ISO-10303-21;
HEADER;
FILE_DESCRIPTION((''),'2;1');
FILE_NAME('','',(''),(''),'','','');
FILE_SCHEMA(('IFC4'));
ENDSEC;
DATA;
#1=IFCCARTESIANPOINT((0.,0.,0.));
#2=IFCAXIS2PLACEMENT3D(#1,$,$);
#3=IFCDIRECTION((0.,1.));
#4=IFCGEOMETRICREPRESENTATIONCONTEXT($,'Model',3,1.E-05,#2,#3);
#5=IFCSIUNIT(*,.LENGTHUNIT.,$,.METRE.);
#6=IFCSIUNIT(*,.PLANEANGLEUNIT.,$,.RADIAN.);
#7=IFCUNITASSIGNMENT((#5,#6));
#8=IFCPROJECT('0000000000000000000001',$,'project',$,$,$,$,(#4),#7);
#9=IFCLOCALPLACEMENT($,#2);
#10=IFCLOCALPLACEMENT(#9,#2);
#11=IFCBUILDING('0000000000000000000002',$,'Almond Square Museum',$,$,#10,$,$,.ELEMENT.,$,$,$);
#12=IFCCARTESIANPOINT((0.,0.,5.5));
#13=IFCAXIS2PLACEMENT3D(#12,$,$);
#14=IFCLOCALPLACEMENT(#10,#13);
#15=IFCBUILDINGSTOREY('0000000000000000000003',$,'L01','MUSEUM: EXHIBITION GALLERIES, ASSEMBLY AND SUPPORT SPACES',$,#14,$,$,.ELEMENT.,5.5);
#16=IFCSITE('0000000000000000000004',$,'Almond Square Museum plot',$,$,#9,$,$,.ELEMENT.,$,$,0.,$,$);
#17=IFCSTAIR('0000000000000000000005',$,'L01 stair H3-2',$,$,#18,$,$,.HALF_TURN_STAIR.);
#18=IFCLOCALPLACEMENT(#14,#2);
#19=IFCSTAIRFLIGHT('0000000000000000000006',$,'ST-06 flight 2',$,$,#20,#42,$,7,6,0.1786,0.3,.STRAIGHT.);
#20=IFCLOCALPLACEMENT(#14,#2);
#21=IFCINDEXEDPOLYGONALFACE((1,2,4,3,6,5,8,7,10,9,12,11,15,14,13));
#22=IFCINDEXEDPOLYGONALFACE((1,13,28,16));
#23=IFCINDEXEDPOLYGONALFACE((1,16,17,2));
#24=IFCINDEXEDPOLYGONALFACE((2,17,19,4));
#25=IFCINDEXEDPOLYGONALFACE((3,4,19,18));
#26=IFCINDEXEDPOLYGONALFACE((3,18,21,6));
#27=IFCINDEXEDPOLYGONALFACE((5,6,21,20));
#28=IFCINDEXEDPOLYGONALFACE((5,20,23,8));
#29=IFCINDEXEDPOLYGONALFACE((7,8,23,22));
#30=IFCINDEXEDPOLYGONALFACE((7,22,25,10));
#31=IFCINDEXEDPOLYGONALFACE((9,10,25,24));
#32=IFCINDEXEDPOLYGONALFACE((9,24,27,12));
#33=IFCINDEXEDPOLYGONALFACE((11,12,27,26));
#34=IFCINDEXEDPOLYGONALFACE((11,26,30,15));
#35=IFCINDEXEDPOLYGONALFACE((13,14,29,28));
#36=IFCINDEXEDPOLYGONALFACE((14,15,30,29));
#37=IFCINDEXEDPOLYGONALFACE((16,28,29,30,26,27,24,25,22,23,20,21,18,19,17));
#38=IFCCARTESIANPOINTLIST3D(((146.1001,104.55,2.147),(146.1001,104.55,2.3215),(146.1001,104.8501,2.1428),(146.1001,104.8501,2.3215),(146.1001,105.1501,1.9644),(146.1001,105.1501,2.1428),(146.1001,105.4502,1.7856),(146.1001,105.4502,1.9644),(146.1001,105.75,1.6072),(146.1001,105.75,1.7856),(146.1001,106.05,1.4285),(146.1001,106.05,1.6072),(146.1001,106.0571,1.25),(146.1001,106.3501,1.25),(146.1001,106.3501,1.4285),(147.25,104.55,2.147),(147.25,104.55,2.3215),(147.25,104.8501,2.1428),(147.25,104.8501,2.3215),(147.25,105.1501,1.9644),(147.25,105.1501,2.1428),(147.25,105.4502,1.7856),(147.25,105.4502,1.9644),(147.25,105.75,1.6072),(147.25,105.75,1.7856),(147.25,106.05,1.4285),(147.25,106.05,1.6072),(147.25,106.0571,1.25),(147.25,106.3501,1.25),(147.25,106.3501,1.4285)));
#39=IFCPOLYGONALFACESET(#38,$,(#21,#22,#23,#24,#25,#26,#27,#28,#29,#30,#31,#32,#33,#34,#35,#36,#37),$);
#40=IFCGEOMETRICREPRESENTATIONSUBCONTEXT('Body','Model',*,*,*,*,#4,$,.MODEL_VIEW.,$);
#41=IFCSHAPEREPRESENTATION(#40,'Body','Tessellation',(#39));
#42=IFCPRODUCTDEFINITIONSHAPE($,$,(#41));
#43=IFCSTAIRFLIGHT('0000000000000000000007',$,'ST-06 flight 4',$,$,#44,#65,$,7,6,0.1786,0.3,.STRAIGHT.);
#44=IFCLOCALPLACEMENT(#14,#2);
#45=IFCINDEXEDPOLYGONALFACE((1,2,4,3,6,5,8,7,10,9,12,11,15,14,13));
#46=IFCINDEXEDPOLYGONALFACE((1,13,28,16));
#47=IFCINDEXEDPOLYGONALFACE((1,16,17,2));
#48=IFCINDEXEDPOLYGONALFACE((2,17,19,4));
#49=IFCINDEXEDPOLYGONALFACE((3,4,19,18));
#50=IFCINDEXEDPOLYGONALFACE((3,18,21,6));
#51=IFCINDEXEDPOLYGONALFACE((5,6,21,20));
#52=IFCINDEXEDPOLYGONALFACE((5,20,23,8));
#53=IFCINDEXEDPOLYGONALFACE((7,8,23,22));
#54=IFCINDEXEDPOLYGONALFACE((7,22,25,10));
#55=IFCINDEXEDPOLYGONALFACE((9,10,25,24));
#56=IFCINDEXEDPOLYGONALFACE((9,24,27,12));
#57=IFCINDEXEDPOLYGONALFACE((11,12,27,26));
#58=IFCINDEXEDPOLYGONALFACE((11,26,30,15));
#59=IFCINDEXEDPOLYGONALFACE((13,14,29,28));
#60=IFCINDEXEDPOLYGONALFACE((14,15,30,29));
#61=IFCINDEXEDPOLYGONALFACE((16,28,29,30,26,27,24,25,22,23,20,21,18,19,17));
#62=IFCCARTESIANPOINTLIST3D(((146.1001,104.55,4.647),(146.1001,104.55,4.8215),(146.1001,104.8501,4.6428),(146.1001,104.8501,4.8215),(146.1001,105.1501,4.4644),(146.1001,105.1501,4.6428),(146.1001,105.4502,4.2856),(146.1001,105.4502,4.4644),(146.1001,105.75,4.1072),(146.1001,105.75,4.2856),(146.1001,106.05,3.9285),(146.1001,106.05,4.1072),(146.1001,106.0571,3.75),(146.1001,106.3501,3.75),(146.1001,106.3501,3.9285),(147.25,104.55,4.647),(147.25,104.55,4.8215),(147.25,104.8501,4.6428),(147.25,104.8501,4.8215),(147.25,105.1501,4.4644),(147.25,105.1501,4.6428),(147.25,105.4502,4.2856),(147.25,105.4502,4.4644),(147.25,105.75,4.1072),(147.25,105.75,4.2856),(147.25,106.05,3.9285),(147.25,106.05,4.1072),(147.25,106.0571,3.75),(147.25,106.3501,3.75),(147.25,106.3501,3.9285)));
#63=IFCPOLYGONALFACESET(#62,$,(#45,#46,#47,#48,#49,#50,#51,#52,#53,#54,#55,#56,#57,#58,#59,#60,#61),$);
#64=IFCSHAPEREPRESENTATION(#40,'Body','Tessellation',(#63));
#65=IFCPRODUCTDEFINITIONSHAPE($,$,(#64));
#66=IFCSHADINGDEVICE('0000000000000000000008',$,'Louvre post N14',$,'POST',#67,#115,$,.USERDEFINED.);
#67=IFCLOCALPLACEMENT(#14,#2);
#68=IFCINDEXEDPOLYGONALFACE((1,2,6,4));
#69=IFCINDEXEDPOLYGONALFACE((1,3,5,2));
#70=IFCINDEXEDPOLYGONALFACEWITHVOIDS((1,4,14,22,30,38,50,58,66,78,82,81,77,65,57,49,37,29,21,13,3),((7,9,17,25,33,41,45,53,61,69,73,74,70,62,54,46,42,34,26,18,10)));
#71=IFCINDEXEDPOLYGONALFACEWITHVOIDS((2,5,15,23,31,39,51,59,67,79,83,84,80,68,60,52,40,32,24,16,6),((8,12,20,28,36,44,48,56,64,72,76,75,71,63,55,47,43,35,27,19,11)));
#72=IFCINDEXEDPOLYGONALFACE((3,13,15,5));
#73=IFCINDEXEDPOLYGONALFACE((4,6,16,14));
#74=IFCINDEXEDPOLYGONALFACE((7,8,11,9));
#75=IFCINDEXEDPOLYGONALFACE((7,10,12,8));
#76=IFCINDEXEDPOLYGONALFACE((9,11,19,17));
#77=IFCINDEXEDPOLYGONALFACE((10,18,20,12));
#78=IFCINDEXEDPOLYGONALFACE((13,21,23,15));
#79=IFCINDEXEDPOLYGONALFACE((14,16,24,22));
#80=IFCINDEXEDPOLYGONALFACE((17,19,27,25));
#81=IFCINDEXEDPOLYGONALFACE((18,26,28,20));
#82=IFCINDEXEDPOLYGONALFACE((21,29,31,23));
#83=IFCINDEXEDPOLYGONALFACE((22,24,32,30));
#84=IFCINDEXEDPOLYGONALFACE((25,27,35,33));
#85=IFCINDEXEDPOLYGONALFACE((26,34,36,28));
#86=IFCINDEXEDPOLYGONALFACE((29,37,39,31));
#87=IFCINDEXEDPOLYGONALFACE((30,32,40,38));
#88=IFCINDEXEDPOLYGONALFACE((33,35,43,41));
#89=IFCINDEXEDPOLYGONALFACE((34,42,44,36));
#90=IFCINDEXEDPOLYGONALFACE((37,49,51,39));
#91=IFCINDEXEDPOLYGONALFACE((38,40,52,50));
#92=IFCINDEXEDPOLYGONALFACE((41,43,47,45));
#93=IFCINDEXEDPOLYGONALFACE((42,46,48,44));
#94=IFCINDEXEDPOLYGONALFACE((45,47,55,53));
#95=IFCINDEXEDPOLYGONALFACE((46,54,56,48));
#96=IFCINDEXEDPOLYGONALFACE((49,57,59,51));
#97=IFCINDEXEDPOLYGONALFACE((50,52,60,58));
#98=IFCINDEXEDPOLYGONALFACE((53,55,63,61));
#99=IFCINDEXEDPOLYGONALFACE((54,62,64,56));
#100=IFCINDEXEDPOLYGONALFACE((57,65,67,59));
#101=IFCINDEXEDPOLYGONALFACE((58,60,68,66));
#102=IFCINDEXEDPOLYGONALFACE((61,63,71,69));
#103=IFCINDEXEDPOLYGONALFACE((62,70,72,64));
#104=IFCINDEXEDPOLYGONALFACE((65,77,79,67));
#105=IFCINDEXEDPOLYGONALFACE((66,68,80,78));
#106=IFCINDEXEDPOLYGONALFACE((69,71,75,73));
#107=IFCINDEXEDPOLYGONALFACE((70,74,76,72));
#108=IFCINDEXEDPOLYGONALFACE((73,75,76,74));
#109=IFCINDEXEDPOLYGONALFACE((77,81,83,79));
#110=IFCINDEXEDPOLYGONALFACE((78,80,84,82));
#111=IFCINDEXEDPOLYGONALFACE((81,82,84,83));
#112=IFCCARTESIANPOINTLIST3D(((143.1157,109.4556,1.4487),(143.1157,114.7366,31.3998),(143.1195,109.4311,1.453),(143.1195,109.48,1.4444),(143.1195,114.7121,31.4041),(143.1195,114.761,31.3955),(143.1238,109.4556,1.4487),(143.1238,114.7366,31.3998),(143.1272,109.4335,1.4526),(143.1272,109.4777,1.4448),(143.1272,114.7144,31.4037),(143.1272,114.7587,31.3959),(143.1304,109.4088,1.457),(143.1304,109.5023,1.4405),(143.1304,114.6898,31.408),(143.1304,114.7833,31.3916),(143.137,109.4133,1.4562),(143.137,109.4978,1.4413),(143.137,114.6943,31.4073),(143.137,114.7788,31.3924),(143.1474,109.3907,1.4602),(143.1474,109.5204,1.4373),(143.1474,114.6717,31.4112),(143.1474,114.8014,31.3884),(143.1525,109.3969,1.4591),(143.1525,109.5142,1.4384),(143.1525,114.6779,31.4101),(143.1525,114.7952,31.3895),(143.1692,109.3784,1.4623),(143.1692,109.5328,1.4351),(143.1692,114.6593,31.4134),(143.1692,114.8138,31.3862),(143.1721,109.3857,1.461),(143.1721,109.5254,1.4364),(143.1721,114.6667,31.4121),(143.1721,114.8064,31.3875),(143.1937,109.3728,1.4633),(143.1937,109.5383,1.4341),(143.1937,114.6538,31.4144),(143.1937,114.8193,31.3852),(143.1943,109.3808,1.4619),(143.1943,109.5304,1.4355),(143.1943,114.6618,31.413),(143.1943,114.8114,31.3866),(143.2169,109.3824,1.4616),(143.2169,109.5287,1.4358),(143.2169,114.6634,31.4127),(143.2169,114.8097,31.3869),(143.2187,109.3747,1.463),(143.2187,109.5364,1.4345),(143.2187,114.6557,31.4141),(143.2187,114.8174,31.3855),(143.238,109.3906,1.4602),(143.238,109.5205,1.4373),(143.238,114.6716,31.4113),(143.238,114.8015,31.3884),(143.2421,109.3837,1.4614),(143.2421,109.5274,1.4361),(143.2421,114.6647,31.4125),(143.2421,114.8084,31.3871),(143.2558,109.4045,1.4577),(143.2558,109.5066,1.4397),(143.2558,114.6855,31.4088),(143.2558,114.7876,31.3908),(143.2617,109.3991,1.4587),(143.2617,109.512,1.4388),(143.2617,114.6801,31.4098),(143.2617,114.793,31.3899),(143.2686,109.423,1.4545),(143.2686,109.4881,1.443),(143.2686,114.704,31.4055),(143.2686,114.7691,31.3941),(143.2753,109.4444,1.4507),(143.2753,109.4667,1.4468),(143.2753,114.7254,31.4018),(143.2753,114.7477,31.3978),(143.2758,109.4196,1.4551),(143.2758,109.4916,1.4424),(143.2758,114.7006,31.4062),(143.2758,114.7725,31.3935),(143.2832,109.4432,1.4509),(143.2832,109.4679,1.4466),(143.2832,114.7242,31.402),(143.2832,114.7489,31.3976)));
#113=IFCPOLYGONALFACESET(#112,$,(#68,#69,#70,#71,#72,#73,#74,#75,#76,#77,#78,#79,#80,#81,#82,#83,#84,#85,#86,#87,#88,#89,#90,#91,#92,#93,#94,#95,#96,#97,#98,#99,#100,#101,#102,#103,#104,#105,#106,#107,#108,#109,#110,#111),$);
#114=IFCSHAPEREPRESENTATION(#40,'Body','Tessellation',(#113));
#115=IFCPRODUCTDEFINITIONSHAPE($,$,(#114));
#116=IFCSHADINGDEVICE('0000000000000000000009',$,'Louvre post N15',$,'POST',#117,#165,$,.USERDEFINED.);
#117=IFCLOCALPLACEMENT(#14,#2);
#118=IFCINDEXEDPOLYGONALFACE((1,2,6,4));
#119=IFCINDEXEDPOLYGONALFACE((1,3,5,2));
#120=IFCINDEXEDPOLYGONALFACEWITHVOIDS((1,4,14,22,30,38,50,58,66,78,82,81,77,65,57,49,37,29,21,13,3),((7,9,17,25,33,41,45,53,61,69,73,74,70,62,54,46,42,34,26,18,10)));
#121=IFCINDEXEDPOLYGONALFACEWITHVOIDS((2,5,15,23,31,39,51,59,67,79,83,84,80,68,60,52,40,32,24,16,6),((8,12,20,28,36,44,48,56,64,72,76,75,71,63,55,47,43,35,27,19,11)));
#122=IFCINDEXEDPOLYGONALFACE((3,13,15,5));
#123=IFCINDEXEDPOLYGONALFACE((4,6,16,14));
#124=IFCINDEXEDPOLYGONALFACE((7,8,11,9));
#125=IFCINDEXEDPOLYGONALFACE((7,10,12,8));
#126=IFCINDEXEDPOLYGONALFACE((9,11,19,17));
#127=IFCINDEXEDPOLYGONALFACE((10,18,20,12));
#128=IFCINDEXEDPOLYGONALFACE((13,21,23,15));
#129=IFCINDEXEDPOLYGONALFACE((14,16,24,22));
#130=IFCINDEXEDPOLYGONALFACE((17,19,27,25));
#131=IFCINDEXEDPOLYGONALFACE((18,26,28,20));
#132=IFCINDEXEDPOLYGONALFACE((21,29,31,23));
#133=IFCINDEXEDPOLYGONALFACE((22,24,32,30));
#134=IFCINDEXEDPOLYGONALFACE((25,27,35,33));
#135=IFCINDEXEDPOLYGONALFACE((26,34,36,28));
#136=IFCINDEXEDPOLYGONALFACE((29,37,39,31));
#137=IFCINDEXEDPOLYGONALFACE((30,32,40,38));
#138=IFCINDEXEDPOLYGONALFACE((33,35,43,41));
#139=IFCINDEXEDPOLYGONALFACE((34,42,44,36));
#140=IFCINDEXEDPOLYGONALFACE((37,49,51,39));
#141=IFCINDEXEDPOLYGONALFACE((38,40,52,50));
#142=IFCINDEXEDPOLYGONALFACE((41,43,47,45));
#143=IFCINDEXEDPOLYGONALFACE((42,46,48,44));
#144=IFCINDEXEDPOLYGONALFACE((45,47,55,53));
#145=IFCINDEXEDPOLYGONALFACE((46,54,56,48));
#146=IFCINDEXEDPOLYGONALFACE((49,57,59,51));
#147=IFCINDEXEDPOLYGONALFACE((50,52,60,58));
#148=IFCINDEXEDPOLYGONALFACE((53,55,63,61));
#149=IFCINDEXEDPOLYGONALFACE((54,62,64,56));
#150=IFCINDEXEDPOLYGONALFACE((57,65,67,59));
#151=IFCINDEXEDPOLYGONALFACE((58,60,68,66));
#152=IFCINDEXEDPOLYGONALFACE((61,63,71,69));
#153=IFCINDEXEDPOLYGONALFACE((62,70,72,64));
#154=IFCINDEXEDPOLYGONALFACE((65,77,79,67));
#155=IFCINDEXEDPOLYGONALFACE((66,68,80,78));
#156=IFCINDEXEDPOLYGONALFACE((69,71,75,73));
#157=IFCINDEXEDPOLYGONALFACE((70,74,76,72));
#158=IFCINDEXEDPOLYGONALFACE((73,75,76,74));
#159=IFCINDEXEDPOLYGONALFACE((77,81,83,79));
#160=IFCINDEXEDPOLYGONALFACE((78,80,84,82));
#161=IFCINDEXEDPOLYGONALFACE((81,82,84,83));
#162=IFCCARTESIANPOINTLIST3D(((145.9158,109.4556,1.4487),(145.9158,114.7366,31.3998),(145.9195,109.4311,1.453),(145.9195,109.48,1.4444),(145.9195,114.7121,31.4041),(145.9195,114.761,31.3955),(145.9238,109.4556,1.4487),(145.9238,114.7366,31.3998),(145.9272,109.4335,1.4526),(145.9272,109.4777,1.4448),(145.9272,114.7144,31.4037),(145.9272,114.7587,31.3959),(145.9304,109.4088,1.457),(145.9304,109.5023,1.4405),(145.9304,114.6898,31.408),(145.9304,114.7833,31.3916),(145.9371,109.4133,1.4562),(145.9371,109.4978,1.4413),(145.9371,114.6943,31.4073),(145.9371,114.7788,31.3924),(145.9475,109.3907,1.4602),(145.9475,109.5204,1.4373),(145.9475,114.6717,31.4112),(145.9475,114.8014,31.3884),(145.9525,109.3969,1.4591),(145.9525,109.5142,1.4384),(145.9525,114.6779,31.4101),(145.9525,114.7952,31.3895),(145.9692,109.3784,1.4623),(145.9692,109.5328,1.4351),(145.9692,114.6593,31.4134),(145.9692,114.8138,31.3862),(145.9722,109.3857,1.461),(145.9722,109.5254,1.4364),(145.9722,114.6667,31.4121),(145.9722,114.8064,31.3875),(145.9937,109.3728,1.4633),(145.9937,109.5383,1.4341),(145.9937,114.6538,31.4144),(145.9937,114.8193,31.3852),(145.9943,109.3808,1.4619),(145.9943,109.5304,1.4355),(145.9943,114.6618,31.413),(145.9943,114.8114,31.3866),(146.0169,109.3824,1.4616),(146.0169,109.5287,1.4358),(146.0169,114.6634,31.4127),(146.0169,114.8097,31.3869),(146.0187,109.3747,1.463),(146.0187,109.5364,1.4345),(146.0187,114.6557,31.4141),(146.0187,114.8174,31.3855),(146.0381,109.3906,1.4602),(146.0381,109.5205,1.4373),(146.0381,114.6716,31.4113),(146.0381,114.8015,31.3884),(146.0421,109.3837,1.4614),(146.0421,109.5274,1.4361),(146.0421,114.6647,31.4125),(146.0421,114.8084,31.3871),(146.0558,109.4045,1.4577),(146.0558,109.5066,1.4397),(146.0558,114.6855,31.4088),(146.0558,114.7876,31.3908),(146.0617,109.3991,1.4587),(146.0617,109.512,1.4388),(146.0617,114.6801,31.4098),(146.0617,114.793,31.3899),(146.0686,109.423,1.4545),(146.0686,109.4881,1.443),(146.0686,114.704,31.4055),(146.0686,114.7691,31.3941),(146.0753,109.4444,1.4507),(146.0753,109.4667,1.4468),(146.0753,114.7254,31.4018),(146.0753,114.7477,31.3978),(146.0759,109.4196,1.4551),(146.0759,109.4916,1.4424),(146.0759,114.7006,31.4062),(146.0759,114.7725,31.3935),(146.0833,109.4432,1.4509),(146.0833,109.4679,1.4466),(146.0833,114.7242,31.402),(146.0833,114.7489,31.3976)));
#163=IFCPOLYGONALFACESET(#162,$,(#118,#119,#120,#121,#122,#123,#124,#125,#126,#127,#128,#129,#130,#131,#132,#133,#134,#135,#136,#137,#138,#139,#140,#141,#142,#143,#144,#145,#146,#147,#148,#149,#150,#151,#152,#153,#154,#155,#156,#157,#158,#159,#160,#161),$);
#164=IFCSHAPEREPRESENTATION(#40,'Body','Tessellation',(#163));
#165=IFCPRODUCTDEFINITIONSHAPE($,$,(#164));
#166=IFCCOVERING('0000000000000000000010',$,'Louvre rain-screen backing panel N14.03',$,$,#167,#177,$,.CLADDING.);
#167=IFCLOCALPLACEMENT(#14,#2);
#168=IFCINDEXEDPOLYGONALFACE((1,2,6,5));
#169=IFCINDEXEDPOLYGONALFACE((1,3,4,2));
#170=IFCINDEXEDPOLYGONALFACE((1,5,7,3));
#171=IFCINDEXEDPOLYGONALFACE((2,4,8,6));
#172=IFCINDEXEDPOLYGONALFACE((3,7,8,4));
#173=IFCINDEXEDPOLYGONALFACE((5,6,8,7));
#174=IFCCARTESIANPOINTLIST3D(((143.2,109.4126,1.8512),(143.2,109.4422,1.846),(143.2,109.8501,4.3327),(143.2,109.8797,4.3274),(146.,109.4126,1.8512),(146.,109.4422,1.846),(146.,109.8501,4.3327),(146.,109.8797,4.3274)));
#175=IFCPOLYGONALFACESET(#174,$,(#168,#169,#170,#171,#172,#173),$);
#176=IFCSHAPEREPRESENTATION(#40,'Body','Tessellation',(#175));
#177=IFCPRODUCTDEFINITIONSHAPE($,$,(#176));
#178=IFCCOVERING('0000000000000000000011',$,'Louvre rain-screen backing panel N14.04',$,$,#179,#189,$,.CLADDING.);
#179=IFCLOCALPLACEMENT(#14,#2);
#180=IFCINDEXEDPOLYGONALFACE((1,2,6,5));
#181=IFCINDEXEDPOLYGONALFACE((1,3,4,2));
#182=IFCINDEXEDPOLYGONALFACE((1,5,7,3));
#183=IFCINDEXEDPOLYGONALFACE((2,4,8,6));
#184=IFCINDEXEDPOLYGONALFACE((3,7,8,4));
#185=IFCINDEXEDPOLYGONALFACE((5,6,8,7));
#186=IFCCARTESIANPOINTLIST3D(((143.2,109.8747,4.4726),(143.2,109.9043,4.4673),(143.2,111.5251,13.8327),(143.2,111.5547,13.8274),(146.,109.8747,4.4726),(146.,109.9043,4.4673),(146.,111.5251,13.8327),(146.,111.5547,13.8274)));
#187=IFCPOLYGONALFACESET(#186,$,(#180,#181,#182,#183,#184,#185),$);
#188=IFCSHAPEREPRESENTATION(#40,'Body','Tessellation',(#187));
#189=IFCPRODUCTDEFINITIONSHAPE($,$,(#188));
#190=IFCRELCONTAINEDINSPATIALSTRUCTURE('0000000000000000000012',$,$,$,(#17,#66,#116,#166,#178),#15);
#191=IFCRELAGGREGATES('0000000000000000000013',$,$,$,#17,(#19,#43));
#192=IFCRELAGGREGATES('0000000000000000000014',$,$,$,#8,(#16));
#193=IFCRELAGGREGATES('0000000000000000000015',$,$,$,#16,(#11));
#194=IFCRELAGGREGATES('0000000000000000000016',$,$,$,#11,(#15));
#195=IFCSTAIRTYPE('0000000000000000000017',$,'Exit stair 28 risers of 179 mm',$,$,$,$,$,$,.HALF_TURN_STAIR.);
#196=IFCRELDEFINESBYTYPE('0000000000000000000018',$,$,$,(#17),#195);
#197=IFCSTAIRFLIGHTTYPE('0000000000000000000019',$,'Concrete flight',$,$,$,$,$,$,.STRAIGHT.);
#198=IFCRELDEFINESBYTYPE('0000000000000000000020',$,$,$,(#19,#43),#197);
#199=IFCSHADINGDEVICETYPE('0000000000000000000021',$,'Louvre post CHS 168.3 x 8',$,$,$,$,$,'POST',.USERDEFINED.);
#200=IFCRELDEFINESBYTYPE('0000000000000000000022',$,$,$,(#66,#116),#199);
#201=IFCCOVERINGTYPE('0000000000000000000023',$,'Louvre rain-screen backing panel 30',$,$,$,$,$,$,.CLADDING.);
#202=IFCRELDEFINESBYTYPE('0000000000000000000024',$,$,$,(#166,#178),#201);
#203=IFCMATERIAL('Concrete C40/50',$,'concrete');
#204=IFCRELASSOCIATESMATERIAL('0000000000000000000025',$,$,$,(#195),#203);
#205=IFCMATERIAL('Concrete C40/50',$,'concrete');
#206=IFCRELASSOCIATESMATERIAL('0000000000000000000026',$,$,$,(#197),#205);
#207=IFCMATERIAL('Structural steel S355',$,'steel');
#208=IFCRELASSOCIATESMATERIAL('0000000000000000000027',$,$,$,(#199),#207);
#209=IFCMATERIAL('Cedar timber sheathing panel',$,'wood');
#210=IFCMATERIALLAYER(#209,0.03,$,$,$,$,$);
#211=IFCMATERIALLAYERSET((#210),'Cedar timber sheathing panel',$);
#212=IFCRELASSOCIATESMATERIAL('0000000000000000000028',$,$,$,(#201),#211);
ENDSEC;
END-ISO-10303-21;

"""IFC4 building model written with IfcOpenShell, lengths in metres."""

from ifc_helpers import new_model, si_unit, direction, frame, origin, origin_2d, place, context, subcontext, project, spatial, polyline, hollow_circle, outline, extrude, material, layer, layer_set, material_profile, profile_set, type_object, element, aggregate, save


model = new_model("IFC4")

# Units and contexts
model_context = context("Model", 3, precision=1e-05, world=origin(), true_north=direction((0.0, 1.0)))
body_context = subcontext(model_context, "Body", "Model", "MODEL_VIEW")
ifc_project = project(units=[si_unit("LENGTHUNIT", "METRE"), si_unit("PLANEANGLEUNIT", "RADIAN")], contexts=[model_context])

# Site, building, storey
site_placement = place(None, origin())
site = spatial("IfcSite", under=ifc_project, at=site_placement, Name="Almond Square Museum plot", CompositionType="ELEMENT", RefElevation=0.0)
building_placement = place(site_placement, origin())
building = spatial("IfcBuilding", under=site, at=building_placement, Name="Almond Square Museum", CompositionType="ELEMENT")
storey_placement = place(building_placement, frame((0.0, 0.0, 5.5)))
storey = spatial("IfcBuildingStorey", under=building, at=storey_placement, Name="L01", Description="MUSEUM: EXHIBITION GALLERIES, ASSEMBLY AND SUPPORT SPACES", CompositionType="ELEMENT", Elevation=5.5)

# Stair, stair flights
ifc_material_1 = material(Name="Concrete C40/50", Category="concrete")
stair_type = type_object("IfcStairType", Name="Exit stair 28 risers of 179 mm", PredefinedType="HALF_TURN_STAIR", material=ifc_material_1)
stair_placement = place(storey_placement, origin())
stair = element("IfcStair", 1, at=stair_placement, inside=storey, type_object=stair_type, Name="L01 stair H3-2", PredefinedType="HALF_TURN_STAIR")
ifc_material_2 = material(Name="Concrete C40/50", Category="concrete")
stair_flight_type = type_object("IfcStairFlightType", Name="Concrete flight", PredefinedType="STRAIGHT", material=ifc_material_2)
stair_flight_1_placement = place(storey_placement, frame((146.675, 106.3501, 1.25), z_axis=(0.0, 0.0, 1.0), x_axis=(0.0, -1.0, 0.0)))
stair_flight_1 = element("IfcStairFlight", 2, at=stair_flight_1_placement, type_object=stair_flight_type, Name="ST-06 flight 2", NumberOfRisers=7, NumberOfTreads=6, PredefinedType="STRAIGHT", RiserHeight=0.1786, TreadLength=0.3, context=body_context, shape_type="SweptSolid", body=[
    extrude(outline(polyline([(0.0, 0.0), (0.0, 0.1785), (0.3, 0.1785), (0.3, 0.3572), (0.6001, 0.3572), (0.6001, 0.5356), (0.8999, 0.5356), (0.8999, 0.7144), (1.2, 0.7144), (1.2, 0.8928), (1.5, 0.8928), (1.5, 1.0715), (1.8, 1.0715), (1.8, 1.25), (1.8, 0.897), (0.293, 0.0), (0.0, 0.0)])), frame((0.0, 0.575, 0.0), z_axis=(0.0, -1.0, 0.0), x_axis=(1.0, 0.0, 0.0)), (0.0, 0.0, 1.0), 1.1499),
])
stair_flight_2_placement = place(storey_placement, frame((146.675, 106.3501, 3.75), z_axis=(0.0, 0.0, 1.0), x_axis=(0.0, -1.0, 0.0)))
stair_flight_2 = element("IfcStairFlight", 3, at=stair_flight_2_placement, type_object=stair_flight_type, Name="ST-06 flight 4", NumberOfRisers=7, NumberOfTreads=6, PredefinedType="STRAIGHT", RiserHeight=0.1786, TreadLength=0.3, context=body_context, shape_type="SweptSolid", body=[
    extrude(outline(polyline([(0.0, 0.0), (0.0, 0.1785), (0.3, 0.1785), (0.3, 0.3572), (0.6001, 0.3572), (0.6001, 0.5356), (0.8999, 0.5356), (0.8999, 0.7144), (1.2, 0.7144), (1.2, 0.8928), (1.5, 0.8928), (1.5, 1.0715), (1.8, 1.0715), (1.8, 1.25), (1.8, 0.897), (0.293, 0.0), (0.0, 0.0)])), frame((0.0, 0.575, 0.0), z_axis=(0.0, -1.0, 0.0), x_axis=(1.0, 0.0, 0.0)), (0.0, 0.0, 1.0), 1.1499),
])
aggregate(stair, [stair_flight_1, stair_flight_2])

# Shading devices
ifc_material_3 = material(Name="Structural steel S355", Category="steel")
ifc_material_profile = material_profile(ifc_material_3, hollow_circle(Radius=0.0842, WallThickness=0.0081, at=origin_2d()))
ifc_profile_set = profile_set([ifc_material_profile], Name="Structural steel S355")
shading_device_type = type_object("IfcShadingDeviceType", Name="Louvre post CHS 168.3 x 8", ElementType="POST", PredefinedType="USERDEFINED", material=ifc_profile_set)
for number, where, z_axis, x_axis, name in (
    (4, (143.2, 109.4556, 1.4487), (0.0, 0.173642, 0.984809), (-1.0, 0.0, 0.0), "Louvre post N14"),
    (5, (146.0, 109.4556, 1.4487), (0.0, 0.173642, 0.984809), (-1.0, 0.0, 0.0), "Louvre post N15"),
):
    element("IfcShadingDevice", number, at=place(storey_placement, frame(where, z_axis=z_axis, x_axis=x_axis)), inside=storey, type_object=shading_device_type, Name=name, ObjectType="POST", PredefinedType="USERDEFINED", context=body_context, shape_type="SweptSolid", body=[
        extrude(hollow_circle(Radius=0.0842, WallThickness=0.0081, at=origin_2d()), origin(), (0.0, 0.0, 1.0), 30.4131),
    ])

# Coverings
ifc_material_4 = material(Name="Cedar timber sheathing panel", Category="wood")
ifc_layer_1 = layer(ifc_material_4, 0.03)
ifc_layer_set_1 = layer_set([ifc_layer_1], Name="Cedar timber sheathing panel")
covering_type_1 = type_object("IfcCoveringType", Name="Louvre rain-screen backing panel 30", PredefinedType="CLADDING", material=ifc_layer_set_1)
covering_1_placement = place(storey_placement, frame((143.2, 109.4272, 1.8486), z_axis=(0.0, -0.984811, 0.173631), x_axis=(1.0, 0.0, 0.0)))
element("IfcCovering", 6, at=covering_1_placement, inside=storey, type_object=covering_type_1, Name="Louvre rain-screen backing panel N14.03", PredefinedType="CLADDING", context=body_context, shape_type="SweptSolid", body=[
    extrude(outline(polyline([(0.0, 0.0), (2.8, 0.0), (2.8, 2.5197), (0.0, 2.5197), (0.0, 0.0)])), frame((0.0, 0.0, -0.0151)), (0.0, 0.0, 1.0), 0.03),
])
covering_2_placement = place(storey_placement, frame((143.2, 109.8894, 4.47), z_axis=(0.0, -0.984809, 0.173643), x_axis=(1.0, 0.0, 0.0)))
element("IfcCovering", 7, at=covering_2_placement, inside=storey, type_object=covering_type_1, Name="Louvre rain-screen backing panel N14.04", PredefinedType="CLADDING", context=body_context, shape_type="SweptSolid", body=[
    extrude(outline(polyline([(0.0, 0.0), (2.8, 0.0), (2.8, 9.5045), (0.0, 9.5045), (0.0, 0.0)])), frame((0.0, 0.0, -0.0151)), (0.0, 0.0, 1.0), 0.03),
])

save(model, "model.ifc")
